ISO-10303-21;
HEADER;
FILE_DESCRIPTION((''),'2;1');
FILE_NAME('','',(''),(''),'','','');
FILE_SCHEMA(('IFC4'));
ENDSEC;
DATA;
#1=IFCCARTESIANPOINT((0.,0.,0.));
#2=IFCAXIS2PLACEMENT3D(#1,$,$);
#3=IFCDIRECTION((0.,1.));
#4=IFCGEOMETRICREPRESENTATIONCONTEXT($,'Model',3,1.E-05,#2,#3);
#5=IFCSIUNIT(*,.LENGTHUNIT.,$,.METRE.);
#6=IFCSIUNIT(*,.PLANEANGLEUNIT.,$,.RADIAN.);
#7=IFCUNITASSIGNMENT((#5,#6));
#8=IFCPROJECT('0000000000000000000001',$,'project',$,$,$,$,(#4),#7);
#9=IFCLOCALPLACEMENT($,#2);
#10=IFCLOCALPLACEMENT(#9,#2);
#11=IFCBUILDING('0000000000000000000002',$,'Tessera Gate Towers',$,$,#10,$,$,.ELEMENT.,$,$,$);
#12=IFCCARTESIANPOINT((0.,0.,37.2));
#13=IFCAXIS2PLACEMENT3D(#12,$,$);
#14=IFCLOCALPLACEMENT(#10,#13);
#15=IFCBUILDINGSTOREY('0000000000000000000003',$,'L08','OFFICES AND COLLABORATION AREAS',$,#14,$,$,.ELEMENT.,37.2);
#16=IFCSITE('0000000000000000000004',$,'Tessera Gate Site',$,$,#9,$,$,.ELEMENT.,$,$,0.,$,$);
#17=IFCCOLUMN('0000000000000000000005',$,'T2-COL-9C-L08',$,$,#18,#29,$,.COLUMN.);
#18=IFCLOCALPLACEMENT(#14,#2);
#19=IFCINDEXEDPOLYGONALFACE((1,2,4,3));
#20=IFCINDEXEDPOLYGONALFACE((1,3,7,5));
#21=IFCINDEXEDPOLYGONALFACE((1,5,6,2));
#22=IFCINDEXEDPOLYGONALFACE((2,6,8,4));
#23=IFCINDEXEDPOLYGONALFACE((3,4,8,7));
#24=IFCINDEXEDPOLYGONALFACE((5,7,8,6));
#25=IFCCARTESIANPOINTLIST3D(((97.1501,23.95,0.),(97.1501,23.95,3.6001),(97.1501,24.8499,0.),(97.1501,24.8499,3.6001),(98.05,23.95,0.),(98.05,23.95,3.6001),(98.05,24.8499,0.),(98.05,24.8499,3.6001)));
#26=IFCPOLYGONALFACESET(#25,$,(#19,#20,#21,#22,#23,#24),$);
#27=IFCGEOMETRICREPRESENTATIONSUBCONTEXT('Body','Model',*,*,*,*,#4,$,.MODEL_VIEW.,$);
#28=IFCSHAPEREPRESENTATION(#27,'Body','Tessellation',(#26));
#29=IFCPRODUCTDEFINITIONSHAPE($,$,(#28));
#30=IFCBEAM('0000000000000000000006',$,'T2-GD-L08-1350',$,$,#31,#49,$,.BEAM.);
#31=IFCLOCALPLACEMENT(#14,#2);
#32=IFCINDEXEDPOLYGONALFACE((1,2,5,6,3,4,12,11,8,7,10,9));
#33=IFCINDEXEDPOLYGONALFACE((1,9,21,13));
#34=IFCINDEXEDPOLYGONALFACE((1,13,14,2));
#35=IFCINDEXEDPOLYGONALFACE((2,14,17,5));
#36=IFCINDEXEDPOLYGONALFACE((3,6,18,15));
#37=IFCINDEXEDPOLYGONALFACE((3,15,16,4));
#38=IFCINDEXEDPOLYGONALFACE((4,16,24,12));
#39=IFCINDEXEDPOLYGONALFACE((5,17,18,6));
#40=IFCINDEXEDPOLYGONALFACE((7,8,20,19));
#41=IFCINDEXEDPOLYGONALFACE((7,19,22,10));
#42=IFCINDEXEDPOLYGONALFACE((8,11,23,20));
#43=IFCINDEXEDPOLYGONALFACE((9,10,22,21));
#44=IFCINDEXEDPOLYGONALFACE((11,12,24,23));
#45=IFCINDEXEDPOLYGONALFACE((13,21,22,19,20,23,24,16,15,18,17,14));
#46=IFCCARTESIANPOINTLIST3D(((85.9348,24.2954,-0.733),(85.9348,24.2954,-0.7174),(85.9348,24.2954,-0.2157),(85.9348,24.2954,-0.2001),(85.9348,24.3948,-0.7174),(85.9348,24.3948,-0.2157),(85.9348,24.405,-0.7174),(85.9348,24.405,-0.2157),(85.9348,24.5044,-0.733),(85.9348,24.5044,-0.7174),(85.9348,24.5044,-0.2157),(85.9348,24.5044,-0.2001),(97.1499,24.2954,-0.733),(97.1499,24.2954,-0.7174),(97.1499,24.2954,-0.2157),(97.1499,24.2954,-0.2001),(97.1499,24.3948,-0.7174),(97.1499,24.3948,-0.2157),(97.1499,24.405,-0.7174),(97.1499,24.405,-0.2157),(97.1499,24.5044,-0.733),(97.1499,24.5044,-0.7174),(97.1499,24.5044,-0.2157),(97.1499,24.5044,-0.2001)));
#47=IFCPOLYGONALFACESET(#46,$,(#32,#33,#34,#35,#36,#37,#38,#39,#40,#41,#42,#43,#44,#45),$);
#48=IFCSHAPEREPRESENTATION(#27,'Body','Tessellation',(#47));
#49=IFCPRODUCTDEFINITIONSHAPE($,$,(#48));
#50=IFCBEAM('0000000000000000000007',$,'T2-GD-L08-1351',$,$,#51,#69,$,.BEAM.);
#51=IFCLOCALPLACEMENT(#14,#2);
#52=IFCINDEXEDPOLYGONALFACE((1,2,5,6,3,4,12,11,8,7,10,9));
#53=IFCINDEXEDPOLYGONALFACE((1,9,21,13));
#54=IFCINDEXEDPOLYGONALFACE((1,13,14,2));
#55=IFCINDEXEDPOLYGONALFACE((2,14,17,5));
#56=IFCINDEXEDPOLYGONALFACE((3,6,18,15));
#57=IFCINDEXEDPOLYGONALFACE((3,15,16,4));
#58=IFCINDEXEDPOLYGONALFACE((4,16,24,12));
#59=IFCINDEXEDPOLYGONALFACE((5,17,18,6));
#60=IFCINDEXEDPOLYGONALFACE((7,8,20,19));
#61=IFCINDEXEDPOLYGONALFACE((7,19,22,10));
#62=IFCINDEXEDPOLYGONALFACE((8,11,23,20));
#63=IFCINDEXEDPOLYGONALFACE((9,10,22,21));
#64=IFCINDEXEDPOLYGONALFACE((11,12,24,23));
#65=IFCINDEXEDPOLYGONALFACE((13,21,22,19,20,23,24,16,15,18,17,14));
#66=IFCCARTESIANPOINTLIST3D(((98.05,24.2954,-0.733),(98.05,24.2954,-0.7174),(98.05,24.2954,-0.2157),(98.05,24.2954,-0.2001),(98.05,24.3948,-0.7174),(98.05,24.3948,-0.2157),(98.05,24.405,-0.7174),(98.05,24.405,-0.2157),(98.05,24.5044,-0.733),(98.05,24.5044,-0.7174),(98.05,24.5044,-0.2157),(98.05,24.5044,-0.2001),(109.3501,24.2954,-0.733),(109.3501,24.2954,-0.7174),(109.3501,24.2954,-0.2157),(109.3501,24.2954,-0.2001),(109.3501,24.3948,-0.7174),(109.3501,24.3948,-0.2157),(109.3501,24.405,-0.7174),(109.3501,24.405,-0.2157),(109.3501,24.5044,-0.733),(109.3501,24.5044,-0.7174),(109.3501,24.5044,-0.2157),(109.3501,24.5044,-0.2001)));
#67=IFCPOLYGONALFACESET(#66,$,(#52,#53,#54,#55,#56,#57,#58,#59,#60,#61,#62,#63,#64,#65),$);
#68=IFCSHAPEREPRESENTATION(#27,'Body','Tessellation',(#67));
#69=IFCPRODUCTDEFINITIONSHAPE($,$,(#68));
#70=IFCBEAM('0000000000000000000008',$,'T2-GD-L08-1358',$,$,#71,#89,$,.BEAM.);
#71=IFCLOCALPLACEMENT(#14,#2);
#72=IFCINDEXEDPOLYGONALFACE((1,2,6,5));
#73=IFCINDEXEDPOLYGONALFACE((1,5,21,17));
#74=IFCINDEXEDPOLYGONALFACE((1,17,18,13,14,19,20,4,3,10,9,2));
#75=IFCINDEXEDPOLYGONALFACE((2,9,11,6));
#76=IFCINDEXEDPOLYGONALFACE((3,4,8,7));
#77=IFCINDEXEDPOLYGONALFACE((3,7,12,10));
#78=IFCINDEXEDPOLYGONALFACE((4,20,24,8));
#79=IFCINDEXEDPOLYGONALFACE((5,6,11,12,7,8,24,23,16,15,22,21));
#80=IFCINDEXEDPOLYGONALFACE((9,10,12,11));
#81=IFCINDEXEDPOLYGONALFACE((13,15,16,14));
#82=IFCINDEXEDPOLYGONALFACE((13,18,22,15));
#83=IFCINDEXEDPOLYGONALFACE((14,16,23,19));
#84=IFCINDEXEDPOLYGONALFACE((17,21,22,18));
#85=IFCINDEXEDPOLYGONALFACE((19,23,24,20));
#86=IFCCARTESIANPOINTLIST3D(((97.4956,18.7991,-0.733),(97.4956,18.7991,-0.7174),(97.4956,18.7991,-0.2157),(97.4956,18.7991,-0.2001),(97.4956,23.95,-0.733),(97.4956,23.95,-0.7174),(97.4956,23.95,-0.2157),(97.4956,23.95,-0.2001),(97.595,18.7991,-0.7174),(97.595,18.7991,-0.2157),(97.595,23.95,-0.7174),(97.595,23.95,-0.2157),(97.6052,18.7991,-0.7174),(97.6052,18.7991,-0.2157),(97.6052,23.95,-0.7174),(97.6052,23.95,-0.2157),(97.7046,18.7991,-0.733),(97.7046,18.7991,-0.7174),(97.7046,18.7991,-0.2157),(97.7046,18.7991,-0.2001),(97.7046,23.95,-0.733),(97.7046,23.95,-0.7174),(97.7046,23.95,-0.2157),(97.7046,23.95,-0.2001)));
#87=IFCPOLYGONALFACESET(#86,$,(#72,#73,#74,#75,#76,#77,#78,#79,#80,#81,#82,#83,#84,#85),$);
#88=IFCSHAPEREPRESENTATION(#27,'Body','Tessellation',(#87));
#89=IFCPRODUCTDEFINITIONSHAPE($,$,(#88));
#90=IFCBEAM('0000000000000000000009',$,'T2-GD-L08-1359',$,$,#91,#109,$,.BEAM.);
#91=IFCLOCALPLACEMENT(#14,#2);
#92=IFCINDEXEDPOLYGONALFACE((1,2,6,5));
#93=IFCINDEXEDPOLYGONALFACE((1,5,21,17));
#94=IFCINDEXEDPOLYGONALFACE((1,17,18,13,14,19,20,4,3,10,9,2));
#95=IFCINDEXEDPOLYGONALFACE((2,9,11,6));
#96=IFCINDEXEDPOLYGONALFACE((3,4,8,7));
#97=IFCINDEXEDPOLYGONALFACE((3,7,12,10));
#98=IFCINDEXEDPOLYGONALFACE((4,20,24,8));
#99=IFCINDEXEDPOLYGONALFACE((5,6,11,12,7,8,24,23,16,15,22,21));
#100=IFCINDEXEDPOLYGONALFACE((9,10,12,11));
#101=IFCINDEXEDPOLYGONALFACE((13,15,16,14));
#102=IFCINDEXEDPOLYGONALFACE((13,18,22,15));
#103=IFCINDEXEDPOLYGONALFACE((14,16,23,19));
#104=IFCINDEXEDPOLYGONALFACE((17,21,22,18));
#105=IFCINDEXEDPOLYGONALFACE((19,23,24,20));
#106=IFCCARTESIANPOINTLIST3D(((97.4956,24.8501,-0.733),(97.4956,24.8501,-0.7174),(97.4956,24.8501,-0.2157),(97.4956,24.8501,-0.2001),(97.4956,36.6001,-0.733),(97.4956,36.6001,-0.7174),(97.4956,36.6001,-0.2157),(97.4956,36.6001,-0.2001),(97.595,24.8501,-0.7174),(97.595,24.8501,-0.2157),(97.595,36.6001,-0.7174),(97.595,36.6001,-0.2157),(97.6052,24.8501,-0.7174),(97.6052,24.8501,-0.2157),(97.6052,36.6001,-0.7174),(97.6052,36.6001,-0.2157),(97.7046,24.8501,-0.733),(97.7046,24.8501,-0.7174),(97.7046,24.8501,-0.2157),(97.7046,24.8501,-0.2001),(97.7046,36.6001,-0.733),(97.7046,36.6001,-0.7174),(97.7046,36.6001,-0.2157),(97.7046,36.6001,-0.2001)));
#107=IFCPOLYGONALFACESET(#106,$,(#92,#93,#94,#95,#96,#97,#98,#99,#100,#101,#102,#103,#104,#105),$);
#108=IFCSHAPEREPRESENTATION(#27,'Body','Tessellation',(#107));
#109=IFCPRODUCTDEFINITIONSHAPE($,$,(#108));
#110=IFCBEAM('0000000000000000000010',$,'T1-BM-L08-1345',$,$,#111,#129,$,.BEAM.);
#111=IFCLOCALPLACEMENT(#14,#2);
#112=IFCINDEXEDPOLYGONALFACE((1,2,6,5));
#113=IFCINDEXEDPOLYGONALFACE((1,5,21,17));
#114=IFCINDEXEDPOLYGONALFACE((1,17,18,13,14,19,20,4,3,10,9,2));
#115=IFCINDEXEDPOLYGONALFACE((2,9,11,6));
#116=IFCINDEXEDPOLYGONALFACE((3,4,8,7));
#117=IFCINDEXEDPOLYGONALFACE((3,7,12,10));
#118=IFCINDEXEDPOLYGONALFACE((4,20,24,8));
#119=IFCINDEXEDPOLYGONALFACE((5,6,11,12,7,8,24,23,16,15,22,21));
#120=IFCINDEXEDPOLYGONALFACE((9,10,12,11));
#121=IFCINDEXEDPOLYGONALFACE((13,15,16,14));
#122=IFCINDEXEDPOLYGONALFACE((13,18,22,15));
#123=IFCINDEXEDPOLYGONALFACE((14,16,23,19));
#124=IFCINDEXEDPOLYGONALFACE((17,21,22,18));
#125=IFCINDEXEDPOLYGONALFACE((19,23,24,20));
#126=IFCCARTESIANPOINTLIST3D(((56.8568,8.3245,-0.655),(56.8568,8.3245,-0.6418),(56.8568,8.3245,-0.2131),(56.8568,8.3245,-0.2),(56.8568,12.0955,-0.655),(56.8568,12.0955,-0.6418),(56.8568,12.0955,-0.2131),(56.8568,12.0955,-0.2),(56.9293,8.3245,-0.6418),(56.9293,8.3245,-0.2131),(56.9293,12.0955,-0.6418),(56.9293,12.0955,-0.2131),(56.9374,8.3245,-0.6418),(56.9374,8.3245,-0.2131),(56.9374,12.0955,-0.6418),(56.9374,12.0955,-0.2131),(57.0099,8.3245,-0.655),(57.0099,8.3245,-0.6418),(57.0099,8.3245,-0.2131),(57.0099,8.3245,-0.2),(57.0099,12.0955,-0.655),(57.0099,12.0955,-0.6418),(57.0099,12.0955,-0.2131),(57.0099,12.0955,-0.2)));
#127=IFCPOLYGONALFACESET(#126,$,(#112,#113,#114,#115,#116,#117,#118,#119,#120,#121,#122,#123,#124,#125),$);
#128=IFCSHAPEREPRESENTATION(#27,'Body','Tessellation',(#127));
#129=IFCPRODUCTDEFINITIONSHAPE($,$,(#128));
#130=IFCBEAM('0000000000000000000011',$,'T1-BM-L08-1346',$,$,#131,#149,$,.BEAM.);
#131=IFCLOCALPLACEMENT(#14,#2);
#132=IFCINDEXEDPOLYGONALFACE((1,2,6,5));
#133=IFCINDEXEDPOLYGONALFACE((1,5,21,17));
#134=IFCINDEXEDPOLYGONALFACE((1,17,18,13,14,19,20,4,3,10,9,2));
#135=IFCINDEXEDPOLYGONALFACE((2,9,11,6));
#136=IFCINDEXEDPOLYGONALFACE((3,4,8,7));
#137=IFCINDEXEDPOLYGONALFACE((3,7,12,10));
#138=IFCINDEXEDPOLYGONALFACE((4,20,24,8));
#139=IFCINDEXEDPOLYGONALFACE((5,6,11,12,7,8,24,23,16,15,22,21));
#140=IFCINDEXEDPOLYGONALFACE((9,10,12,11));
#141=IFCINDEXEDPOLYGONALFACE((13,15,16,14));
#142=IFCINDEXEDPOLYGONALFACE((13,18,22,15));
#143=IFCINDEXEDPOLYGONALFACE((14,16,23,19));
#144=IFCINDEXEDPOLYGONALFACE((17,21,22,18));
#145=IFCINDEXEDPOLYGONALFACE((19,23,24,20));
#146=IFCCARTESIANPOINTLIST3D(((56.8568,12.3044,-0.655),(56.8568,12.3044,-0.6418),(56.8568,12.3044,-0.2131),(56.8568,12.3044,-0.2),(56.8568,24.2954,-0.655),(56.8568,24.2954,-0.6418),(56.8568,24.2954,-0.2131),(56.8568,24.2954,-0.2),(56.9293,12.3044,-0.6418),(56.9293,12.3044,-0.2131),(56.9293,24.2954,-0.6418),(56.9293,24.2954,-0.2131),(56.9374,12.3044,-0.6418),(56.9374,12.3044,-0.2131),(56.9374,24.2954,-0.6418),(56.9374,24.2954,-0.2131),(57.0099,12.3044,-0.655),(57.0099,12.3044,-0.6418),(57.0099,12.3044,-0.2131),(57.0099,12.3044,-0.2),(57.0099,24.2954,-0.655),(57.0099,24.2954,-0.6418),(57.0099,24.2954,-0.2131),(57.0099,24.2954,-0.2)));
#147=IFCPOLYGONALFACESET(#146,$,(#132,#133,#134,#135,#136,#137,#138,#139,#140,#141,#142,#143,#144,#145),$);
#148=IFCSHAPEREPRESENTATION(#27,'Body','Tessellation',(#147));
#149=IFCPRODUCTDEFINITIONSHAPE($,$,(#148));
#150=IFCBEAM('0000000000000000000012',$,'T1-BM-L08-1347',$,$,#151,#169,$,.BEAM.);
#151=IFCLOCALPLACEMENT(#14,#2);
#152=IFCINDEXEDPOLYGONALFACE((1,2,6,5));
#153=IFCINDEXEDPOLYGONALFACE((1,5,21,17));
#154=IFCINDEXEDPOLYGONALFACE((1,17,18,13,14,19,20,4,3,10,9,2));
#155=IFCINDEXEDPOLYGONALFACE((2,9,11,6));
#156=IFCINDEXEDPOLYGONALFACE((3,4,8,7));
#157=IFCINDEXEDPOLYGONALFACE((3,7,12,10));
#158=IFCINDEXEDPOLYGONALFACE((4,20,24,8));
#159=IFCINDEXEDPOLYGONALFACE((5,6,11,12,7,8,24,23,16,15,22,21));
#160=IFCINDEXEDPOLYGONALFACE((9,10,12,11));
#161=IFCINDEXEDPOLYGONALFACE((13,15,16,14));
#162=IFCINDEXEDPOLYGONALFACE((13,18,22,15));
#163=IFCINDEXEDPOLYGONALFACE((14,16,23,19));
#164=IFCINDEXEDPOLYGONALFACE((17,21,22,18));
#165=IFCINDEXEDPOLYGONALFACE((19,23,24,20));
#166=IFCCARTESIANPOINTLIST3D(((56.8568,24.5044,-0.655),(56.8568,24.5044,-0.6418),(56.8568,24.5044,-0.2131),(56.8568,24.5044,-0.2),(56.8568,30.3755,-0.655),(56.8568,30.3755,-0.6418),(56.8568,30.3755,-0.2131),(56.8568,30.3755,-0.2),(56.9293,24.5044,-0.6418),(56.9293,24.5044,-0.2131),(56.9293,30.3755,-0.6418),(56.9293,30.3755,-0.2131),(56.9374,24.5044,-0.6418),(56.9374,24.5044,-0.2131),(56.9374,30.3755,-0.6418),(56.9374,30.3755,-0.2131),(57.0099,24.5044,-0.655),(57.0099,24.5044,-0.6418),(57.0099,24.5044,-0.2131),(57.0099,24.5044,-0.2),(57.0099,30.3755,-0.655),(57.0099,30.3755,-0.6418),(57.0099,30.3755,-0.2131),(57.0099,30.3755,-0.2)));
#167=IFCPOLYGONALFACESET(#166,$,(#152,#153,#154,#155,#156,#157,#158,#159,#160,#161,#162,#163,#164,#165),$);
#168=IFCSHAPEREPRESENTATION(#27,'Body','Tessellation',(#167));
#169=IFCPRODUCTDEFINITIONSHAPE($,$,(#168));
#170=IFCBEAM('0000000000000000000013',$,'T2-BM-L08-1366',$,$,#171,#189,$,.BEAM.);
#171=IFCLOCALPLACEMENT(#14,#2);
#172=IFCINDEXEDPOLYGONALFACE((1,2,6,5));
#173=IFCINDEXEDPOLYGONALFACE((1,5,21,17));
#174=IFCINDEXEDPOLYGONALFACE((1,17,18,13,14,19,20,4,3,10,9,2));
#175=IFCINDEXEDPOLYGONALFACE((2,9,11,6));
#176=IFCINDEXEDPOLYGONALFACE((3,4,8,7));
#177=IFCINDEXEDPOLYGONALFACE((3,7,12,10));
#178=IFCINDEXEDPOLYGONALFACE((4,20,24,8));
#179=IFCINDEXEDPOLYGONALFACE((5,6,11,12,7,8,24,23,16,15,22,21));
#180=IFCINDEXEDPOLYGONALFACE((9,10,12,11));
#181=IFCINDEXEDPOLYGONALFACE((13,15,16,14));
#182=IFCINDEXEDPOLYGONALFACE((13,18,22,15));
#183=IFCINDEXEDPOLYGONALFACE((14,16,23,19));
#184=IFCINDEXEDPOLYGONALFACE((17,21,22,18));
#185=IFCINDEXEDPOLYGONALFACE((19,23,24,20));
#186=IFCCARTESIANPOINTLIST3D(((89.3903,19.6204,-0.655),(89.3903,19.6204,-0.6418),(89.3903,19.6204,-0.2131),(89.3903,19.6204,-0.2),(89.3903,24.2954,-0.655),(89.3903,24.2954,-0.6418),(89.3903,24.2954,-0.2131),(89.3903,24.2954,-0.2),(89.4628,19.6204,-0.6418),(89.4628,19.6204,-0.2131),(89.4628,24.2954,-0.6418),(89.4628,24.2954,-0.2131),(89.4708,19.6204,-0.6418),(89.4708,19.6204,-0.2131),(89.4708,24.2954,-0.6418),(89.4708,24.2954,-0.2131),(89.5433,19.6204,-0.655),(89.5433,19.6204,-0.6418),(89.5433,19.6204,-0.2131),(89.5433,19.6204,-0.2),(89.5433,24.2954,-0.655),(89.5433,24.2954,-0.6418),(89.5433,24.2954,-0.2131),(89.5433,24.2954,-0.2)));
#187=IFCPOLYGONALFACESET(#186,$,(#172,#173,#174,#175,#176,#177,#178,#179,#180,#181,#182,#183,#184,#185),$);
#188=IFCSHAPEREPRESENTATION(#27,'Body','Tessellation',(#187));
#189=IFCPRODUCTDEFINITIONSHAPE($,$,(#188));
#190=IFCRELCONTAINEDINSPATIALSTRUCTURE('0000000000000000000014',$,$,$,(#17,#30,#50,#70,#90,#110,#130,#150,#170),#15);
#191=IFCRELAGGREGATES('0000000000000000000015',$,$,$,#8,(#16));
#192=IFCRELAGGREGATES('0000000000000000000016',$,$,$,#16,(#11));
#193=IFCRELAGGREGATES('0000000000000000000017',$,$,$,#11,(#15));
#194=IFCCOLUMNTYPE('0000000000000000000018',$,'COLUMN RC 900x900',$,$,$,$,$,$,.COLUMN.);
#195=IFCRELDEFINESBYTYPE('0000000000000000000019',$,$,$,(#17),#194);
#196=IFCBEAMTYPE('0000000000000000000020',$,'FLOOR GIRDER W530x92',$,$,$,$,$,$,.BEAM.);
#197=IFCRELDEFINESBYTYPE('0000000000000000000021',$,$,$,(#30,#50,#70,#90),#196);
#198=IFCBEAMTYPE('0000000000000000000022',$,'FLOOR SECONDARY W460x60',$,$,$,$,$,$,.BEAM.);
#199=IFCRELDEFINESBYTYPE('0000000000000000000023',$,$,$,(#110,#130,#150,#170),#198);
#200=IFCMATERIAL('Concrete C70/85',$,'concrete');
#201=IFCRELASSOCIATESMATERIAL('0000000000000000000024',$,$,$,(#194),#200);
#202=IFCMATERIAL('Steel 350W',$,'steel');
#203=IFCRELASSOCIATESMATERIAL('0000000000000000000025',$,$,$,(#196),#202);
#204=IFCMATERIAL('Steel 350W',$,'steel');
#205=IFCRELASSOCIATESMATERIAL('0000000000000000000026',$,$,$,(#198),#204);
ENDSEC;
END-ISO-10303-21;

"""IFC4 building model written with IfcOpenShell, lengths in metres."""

from ifc_helpers import new_model, si_unit, direction, frame, origin, origin_2d, place, context, subcontext, project, spatial, rectangle, i_section, extrude, material, material_profile, profile_set, type_object, element, save


model = new_model("IFC4")

# Units and contexts
model_context = context("Model", 3, precision=1e-05, world=origin(), true_north=direction((0.0, 1.0)))
body_context = subcontext(model_context, "Body", "Model", "MODEL_VIEW")
ifc_project = project(units=[si_unit("LENGTHUNIT", "METRE"), si_unit("PLANEANGLEUNIT", "RADIAN")], contexts=[model_context])

# Site, building, storey
site_placement = place(None, origin())
site = spatial("IfcSite", under=ifc_project, at=site_placement, Name="Tessera Gate Site", CompositionType="ELEMENT", RefElevation=0.0)
building_placement = place(site_placement, origin())
building = spatial("IfcBuilding", under=site, at=building_placement, Name="Tessera Gate Towers", CompositionType="ELEMENT")
storey_placement = place(building_placement, frame((0.0, 0.0, 37.2)))
storey = spatial("IfcBuildingStorey", under=building, at=storey_placement, Name="L08", Description="OFFICES AND COLLABORATION AREAS", CompositionType="ELEMENT", Elevation=37.2)

# Column
ifc_material_1 = material(Name="Concrete C70/85", Category="concrete")
ifc_material_profile_1 = material_profile(ifc_material_1, rectangle(XDim=0.8999, YDim=0.8999, at=origin_2d()), Name="RC 900x900")
ifc_profile_set_1 = profile_set([ifc_material_profile_1], Name="Concrete C70/85")
column_type = type_object("IfcColumnType", Name="COLUMN RC 900x900", PredefinedType="COLUMN", material=ifc_profile_set_1)
column_placement = place(storey_placement, frame((97.6001, 24.3999, 0.0), z_axis=(0.0, 0.0, 1.0), x_axis=(1.0, 0.0, 0.0)))
element("IfcColumn", 1, at=column_placement, inside=storey, type_object=column_type, Name="T2-COL-9C-L08", PredefinedType="COLUMN", context=body_context, shape_type="SweptSolid", body=[
    extrude(rectangle(XDim=0.8999, YDim=0.8999, at=origin_2d()), origin(), (0.0, 0.0, 1.0), 3.6001),
])

# Beams
ifc_material_2 = material(Name="Steel 350W", Category="steel")
ifc_material_profile_2 = material_profile(ifc_material_2, i_section(OverallWidth=0.209, OverallDepth=0.533, WebThickness=0.0103, FlangeThickness=0.0156, at=origin_2d()), Name="W530x92")
ifc_profile_set_2 = profile_set([ifc_material_profile_2], Name="Steel 350W")
beam_type_1 = type_object("IfcBeamType", Name="FLOOR GIRDER W530x92", PredefinedType="BEAM", material=ifc_profile_set_2)
beam_1_placement = place(storey_placement, frame((85.9348, 24.3999, -0.4666), z_axis=(1.0, 0.0, 0.0), x_axis=(0.0, 1.0, 0.0)))
element("IfcBeam", 2, at=beam_1_placement, inside=storey, type_object=beam_type_1, Name="T2-GD-L08-1350", PredefinedType="BEAM", context=body_context, shape_type="SweptSolid", body=[
    extrude(i_section(OverallWidth=0.209, OverallDepth=0.533, WebThickness=0.0103, FlangeThickness=0.0156, at=origin_2d()), origin(), (0.0, 0.0, 1.0), 11.2151),
])
beam_2_placement = place(storey_placement, frame((98.05, 24.3999, -0.4666), z_axis=(1.0, 0.0, 0.0), x_axis=(0.0, 1.0, 0.0)))
element("IfcBeam", 3, at=beam_2_placement, inside=storey, type_object=beam_type_1, Name="T2-GD-L08-1351", PredefinedType="BEAM", context=body_context, shape_type="SweptSolid", body=[
    extrude(i_section(OverallWidth=0.209, OverallDepth=0.533, WebThickness=0.0103, FlangeThickness=0.0156, at=origin_2d()), origin(), (0.0, 0.0, 1.0), 11.3),
])
beam_3_placement = place(storey_placement, frame((97.6001, 18.7991, -0.4666), z_axis=(0.0, 1.0, 0.0), x_axis=(-1.0, 0.0, 0.0)))
element("IfcBeam", 4, at=beam_3_placement, inside=storey, type_object=beam_type_1, Name="T2-GD-L08-1358", PredefinedType="BEAM", context=body_context, shape_type="SweptSolid", body=[
    extrude(i_section(OverallWidth=0.209, OverallDepth=0.533, WebThickness=0.0103, FlangeThickness=0.0156, at=origin_2d()), origin(), (0.0, 0.0, 1.0), 5.1509),
])
beam_4_placement = place(storey_placement, frame((97.6001, 24.8501, -0.4666), z_axis=(0.0, 1.0, 0.0), x_axis=(-1.0, 0.0, 0.0)))
element("IfcBeam", 5, at=beam_4_placement, inside=storey, type_object=beam_type_1, Name="T2-GD-L08-1359", PredefinedType="BEAM", context=body_context, shape_type="SweptSolid", body=[
    extrude(i_section(OverallWidth=0.209, OverallDepth=0.533, WebThickness=0.0103, FlangeThickness=0.0156, at=origin_2d()), origin(), (0.0, 0.0, 1.0), 11.75),
])
ifc_material_3 = material(Name="Steel 350W", Category="steel")
ifc_material_profile_3 = material_profile(ifc_material_3, i_section(OverallWidth=0.1531, OverallDepth=0.4551, WebThickness=0.0081, FlangeThickness=0.0132, at=origin_2d()), Name="W460x60")
ifc_profile_set_3 = profile_set([ifc_material_profile_3], Name="Steel 350W")
beam_type_2 = type_object("IfcBeamType", Name="FLOOR SECONDARY W460x60", PredefinedType="BEAM", material=ifc_profile_set_3)
beam_5_placement = place(storey_placement, frame((56.9333, 8.3245, -0.4275), z_axis=(0.0, 1.0, 0.0), x_axis=(-1.0, 0.0, 0.0)))
element("IfcBeam", 6, at=beam_5_placement, inside=storey, type_object=beam_type_2, Name="T1-BM-L08-1345", PredefinedType="BEAM", context=body_context, shape_type="SweptSolid", body=[
    extrude(i_section(OverallWidth=0.1531, OverallDepth=0.4551, WebThickness=0.0081, FlangeThickness=0.0132, at=origin_2d()), origin(), (0.0, 0.0, 1.0), 3.771),
])
beam_6_placement = place(storey_placement, frame((56.9333, 12.3044, -0.4275), z_axis=(0.0, 1.0, 0.0), x_axis=(-1.0, 0.0, 0.0)))
element("IfcBeam", 7, at=beam_6_placement, inside=storey, type_object=beam_type_2, Name="T1-BM-L08-1346", PredefinedType="BEAM", context=body_context, shape_type="SweptSolid", body=[
    extrude(i_section(OverallWidth=0.1531, OverallDepth=0.4551, WebThickness=0.0081, FlangeThickness=0.0132, at=origin_2d()), origin(), (0.0, 0.0, 1.0), 11.991),
])
beam_7_placement = place(storey_placement, frame((56.9333, 24.5044, -0.4275), z_axis=(0.0, 1.0, 0.0), x_axis=(-1.0, 0.0, 0.0)))
element("IfcBeam", 8, at=beam_7_placement, inside=storey, type_object=beam_type_2, Name="T1-BM-L08-1347", PredefinedType="BEAM", context=body_context, shape_type="SweptSolid", body=[
    extrude(i_section(OverallWidth=0.1531, OverallDepth=0.4551, WebThickness=0.0081, FlangeThickness=0.0132, at=origin_2d()), origin(), (0.0, 0.0, 1.0), 5.8711),
])
beam_8_placement = place(storey_placement, frame((89.4668, 19.6204, -0.4275), z_axis=(0.0, 1.0, 0.0), x_axis=(-1.0, 0.0, 0.0)))
element("IfcBeam", 9, at=beam_8_placement, inside=storey, type_object=beam_type_2, Name="T2-BM-L08-1366", PredefinedType="BEAM", context=body_context, shape_type="SweptSolid", body=[
    extrude(i_section(OverallWidth=0.1531, OverallDepth=0.4551, WebThickness=0.0081, FlangeThickness=0.0132, at=origin_2d()), origin(), (0.0, 0.0, 1.0), 4.675),
])

save(model, "model.ifc")
